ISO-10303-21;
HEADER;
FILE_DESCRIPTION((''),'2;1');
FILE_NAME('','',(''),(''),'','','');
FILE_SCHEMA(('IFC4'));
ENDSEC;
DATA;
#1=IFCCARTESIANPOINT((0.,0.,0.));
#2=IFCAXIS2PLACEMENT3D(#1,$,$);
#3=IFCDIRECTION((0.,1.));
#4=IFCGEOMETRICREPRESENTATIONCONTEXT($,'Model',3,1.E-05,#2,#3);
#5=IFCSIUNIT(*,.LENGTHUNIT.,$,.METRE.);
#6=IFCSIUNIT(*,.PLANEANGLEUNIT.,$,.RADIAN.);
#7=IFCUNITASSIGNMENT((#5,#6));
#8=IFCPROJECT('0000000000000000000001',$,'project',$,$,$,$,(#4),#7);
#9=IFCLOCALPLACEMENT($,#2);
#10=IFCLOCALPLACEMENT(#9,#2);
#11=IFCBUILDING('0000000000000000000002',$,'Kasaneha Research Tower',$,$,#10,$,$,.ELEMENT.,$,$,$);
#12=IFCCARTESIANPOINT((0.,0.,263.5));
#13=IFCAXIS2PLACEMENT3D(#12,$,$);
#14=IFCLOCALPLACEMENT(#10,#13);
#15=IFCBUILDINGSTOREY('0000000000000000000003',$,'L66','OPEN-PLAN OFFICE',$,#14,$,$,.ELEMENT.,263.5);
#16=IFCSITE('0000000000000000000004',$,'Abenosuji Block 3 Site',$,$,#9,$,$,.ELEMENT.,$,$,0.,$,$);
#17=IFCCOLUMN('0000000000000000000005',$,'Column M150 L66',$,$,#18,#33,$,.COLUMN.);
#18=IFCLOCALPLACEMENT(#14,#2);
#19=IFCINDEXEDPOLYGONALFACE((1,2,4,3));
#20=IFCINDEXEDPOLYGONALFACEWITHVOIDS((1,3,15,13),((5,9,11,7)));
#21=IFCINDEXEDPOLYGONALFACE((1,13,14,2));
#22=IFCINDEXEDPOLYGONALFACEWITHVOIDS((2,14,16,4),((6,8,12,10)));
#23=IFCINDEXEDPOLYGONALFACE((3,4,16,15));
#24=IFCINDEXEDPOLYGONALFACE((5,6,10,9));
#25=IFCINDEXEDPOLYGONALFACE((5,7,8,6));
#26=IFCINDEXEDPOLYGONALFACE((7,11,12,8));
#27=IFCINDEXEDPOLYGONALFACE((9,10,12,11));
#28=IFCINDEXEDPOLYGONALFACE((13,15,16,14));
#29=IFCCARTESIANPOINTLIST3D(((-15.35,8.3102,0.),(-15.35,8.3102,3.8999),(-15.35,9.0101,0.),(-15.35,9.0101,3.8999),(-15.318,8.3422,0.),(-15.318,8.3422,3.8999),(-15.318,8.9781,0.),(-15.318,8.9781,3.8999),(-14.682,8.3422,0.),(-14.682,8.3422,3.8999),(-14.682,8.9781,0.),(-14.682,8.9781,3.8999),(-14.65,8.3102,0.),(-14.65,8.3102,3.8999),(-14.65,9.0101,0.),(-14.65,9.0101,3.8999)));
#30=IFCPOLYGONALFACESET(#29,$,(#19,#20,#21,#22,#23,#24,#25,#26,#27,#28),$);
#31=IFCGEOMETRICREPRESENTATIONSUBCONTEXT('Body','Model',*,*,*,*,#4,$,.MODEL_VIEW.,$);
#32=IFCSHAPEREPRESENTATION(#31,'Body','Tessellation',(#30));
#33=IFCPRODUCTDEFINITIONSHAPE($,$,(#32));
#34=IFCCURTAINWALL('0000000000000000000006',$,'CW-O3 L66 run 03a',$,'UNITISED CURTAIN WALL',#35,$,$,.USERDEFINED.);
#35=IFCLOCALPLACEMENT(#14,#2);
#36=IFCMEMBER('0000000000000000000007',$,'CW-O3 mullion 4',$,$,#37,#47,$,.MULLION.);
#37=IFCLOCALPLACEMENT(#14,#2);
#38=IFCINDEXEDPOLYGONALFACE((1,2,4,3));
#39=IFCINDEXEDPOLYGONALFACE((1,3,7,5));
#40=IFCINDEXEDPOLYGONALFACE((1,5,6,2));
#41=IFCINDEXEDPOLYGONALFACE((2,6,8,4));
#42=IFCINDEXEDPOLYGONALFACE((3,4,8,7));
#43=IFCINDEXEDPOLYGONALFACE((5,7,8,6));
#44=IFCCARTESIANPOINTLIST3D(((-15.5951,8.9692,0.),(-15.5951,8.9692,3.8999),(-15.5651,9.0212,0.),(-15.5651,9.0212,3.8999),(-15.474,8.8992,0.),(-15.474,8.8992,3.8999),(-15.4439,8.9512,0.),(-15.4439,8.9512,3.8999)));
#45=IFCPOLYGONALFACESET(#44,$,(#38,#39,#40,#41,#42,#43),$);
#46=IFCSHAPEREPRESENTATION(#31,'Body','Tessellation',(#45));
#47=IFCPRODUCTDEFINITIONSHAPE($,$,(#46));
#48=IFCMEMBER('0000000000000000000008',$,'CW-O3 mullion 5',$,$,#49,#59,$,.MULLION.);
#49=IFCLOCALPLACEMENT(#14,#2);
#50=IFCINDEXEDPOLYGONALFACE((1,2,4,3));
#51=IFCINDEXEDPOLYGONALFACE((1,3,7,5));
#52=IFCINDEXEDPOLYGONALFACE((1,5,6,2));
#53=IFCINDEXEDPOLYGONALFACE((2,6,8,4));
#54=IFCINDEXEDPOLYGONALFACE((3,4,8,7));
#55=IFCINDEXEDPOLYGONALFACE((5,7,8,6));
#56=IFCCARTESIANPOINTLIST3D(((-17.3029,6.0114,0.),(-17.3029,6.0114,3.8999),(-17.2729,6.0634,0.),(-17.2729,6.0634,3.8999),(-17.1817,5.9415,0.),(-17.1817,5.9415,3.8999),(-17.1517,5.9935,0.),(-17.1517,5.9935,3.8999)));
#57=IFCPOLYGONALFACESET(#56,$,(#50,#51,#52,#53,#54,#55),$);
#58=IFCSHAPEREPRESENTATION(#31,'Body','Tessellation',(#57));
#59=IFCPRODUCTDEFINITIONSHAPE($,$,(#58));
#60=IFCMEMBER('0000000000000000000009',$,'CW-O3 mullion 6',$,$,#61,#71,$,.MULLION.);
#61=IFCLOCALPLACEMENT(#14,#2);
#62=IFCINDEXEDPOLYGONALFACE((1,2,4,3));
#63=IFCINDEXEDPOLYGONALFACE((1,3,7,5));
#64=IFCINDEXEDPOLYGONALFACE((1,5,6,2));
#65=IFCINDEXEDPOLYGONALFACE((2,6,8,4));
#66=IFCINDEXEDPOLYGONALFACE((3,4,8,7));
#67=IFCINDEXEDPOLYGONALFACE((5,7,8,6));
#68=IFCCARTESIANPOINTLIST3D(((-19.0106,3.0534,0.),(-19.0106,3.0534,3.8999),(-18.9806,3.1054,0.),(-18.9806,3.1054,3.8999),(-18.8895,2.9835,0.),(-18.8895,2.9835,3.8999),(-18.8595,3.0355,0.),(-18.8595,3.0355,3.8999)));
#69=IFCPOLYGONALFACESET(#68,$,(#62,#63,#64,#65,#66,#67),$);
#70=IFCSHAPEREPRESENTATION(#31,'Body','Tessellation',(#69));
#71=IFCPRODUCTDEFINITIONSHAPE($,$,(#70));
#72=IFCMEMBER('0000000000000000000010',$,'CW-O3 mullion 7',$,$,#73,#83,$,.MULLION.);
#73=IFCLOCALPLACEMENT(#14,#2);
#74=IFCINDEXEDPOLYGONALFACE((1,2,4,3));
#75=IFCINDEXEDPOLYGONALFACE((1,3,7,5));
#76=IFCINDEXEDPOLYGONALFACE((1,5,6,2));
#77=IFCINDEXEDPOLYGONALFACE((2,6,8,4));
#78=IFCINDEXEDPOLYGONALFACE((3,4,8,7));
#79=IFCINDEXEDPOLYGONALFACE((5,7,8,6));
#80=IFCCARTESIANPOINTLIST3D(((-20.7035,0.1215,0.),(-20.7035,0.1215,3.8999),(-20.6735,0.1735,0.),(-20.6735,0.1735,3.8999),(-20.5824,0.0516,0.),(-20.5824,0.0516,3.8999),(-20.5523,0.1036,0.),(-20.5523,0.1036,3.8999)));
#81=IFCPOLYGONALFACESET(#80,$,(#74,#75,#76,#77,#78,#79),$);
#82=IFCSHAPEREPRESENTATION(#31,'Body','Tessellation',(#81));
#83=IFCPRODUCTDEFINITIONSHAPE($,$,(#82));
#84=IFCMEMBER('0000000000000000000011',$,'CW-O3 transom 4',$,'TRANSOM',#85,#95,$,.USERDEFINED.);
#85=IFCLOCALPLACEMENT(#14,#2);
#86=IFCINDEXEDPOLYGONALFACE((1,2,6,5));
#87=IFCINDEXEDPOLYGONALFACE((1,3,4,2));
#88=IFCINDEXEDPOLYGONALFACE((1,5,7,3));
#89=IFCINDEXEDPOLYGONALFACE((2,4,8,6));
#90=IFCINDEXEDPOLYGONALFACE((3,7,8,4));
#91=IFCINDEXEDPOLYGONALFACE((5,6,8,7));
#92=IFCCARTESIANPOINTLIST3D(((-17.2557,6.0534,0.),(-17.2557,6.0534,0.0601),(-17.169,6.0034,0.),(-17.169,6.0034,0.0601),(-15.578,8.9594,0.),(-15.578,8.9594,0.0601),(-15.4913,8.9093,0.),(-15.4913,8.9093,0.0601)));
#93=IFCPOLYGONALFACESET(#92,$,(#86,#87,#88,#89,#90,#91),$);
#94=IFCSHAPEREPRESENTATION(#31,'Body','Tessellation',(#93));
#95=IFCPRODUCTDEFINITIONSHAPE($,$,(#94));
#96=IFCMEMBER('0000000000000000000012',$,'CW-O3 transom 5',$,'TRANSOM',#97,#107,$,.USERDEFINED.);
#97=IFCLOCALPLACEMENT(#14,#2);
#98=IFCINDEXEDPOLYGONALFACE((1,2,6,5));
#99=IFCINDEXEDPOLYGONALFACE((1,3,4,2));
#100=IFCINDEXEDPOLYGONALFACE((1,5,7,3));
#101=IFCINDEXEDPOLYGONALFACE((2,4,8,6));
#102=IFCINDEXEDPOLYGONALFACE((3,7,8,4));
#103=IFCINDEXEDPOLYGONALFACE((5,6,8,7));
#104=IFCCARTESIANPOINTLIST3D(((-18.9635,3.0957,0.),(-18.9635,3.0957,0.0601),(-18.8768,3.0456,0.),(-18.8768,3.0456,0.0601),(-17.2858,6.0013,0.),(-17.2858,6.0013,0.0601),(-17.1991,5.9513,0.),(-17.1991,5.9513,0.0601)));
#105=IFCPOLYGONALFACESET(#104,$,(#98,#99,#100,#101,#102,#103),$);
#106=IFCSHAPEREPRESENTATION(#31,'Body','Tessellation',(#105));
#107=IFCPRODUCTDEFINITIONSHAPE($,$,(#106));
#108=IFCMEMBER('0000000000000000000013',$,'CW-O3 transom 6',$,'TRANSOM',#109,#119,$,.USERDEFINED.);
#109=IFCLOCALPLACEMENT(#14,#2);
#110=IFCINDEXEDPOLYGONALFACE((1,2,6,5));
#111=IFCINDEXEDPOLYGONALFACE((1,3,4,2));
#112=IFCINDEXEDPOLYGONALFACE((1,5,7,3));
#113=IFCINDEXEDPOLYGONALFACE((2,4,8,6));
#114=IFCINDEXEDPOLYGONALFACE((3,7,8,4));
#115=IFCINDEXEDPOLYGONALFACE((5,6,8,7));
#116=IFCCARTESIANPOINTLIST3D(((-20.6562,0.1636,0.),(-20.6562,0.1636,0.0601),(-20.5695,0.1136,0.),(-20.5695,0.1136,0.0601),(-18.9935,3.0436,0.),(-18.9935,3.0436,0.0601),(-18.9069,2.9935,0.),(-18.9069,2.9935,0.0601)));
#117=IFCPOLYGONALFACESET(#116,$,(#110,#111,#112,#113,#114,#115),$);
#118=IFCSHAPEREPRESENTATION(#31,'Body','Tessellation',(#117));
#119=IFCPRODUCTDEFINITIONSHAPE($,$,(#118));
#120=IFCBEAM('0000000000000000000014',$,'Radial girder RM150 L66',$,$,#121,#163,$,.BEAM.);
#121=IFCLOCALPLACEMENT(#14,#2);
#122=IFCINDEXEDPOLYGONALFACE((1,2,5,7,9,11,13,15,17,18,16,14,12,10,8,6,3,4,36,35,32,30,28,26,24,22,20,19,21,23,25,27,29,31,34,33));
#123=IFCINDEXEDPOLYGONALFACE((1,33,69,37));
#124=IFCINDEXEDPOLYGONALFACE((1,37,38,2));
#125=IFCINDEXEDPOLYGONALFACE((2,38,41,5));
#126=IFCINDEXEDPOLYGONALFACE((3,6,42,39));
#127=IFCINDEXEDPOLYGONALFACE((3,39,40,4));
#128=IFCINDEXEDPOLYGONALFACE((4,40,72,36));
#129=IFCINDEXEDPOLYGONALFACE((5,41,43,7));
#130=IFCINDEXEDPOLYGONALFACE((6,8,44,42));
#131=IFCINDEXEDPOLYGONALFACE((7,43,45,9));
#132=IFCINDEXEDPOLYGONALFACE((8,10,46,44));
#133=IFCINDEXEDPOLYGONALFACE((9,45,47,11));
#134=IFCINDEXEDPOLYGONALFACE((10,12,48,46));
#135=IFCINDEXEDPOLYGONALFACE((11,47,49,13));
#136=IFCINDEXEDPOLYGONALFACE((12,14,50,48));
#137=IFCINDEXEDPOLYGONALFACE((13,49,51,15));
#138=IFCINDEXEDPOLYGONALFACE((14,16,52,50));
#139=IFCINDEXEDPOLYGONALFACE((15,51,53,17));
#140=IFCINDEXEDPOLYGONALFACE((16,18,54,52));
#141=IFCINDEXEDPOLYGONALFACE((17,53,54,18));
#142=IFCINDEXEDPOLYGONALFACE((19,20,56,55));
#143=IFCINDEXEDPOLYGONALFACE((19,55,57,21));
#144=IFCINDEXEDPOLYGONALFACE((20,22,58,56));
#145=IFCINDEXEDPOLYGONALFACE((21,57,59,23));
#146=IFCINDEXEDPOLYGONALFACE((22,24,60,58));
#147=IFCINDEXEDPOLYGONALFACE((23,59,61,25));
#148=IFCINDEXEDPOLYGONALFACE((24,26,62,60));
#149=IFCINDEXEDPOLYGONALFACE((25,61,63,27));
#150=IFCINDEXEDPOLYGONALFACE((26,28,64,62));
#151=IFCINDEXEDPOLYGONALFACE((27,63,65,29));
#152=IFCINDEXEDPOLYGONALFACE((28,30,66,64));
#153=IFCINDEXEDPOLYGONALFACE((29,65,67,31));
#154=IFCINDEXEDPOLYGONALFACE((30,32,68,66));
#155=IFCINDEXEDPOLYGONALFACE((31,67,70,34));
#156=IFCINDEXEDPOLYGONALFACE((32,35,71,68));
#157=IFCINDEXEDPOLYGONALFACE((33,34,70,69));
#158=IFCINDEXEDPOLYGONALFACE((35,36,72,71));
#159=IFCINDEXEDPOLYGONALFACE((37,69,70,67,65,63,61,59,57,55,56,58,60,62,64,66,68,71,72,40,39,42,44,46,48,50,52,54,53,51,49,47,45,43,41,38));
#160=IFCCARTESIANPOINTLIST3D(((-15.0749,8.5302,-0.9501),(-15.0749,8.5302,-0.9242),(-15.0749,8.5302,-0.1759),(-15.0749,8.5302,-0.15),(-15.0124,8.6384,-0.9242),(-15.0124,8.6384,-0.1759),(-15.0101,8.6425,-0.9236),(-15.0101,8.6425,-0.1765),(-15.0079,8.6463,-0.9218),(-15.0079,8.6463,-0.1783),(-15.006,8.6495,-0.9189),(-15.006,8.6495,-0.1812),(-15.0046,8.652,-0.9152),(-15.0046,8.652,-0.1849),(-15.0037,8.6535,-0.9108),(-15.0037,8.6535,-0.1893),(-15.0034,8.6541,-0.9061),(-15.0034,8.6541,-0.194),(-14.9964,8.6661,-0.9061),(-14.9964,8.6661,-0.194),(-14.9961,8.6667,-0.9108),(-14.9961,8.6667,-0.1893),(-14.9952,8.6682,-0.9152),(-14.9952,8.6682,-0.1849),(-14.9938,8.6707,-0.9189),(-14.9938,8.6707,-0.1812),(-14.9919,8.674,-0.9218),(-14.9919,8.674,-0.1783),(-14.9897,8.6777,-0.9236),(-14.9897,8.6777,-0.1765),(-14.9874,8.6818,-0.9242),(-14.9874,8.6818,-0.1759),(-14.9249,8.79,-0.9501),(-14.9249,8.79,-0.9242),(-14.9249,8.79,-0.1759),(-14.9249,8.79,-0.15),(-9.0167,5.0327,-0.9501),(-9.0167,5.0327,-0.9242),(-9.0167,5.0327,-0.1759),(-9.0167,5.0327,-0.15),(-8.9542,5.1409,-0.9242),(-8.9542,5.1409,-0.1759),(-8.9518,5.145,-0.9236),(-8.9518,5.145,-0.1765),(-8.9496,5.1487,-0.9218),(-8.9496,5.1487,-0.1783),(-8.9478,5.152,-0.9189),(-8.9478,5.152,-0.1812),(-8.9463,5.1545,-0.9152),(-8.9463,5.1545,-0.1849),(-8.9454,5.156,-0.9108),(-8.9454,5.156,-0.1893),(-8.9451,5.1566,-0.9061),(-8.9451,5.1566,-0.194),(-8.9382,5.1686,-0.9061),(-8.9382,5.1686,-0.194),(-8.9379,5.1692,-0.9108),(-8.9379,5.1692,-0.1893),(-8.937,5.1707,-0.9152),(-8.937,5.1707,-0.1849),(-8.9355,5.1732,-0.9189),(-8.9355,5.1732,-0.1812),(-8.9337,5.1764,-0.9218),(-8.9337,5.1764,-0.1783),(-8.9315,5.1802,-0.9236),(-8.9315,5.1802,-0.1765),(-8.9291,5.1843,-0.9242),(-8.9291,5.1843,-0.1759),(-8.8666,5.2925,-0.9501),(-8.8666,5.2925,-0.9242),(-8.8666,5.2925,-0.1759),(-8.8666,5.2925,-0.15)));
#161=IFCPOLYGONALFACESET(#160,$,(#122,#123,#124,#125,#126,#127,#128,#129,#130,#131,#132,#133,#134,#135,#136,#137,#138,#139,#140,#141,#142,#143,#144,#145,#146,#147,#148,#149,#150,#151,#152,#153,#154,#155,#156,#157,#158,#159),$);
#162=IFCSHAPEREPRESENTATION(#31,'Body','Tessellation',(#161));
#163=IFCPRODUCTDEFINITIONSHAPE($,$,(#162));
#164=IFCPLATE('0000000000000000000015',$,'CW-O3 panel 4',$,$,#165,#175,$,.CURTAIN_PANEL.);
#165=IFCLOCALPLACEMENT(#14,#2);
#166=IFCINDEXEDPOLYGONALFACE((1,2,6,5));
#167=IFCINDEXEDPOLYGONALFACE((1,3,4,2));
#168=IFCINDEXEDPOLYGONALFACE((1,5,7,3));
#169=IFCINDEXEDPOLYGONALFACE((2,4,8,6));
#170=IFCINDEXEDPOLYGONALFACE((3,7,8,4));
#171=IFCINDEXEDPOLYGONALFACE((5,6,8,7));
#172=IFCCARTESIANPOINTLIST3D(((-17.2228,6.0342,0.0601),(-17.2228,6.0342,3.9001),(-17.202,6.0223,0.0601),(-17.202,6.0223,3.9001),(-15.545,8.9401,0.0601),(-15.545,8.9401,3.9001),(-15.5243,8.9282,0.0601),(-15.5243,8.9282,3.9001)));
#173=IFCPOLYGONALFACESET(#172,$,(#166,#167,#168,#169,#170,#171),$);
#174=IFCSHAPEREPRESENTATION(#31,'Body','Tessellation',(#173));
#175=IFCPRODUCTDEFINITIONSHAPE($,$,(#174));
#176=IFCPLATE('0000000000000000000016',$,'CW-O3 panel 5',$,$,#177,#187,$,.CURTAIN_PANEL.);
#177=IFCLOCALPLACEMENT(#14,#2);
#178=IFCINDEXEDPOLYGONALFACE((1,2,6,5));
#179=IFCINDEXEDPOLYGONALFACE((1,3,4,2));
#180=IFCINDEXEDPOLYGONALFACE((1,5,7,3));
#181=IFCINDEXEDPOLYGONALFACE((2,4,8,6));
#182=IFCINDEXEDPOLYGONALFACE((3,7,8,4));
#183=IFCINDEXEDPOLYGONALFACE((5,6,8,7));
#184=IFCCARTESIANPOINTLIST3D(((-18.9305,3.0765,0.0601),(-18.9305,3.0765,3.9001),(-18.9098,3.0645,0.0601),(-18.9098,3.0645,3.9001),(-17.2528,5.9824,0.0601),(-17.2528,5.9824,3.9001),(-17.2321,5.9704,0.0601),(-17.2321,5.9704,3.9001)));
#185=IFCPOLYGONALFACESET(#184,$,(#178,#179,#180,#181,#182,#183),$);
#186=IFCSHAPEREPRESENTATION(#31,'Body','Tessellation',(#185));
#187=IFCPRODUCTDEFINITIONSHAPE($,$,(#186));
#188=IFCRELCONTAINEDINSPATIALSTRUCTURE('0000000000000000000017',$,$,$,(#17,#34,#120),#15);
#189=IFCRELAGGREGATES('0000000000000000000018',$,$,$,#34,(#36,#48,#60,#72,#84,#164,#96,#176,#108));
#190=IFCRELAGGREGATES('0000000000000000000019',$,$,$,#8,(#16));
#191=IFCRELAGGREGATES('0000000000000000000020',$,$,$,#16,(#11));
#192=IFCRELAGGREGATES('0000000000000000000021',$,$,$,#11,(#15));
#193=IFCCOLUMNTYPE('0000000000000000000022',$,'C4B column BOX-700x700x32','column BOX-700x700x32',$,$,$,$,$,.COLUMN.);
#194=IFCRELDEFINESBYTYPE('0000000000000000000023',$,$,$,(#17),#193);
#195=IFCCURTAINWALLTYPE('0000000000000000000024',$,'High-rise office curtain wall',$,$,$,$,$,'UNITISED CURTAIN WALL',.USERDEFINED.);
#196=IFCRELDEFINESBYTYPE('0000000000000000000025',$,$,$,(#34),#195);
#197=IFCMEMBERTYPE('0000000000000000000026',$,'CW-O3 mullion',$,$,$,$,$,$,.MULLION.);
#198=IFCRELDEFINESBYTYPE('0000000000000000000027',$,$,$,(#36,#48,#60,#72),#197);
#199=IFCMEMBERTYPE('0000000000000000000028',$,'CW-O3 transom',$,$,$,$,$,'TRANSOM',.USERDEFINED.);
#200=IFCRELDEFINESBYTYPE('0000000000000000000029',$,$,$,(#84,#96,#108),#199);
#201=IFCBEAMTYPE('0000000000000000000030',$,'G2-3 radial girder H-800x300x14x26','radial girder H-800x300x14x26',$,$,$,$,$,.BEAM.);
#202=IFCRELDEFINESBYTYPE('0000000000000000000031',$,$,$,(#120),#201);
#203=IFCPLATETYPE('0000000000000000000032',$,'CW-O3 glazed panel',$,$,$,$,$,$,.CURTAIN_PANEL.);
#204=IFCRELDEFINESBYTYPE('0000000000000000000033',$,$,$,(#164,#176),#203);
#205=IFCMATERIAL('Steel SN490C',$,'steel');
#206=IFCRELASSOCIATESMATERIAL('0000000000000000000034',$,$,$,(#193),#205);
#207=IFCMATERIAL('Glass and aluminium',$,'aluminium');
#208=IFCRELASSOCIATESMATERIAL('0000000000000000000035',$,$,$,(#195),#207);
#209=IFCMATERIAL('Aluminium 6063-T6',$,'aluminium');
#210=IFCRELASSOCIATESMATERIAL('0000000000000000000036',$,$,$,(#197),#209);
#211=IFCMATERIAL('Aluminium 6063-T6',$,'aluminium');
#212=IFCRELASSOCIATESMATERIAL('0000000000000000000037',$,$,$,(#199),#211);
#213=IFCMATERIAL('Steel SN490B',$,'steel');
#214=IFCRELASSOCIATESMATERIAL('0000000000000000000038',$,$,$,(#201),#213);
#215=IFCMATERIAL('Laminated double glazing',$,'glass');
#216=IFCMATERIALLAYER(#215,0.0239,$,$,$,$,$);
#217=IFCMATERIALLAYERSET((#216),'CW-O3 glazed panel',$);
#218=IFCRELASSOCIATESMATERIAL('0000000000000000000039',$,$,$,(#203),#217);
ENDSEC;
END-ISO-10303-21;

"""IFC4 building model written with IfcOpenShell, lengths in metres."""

from ifc_helpers import new_model, si_unit, direction, frame, origin, origin_2d, place, context, subcontext, project, spatial, rectangle, hollow_rectangle, i_section, extrude, material, layer, layer_set, material_profile, profile_set, type_object, element, aggregate, save


model = new_model("IFC4")

# Units and contexts
model_context = context("Model", 3, precision=1e-05, world=origin(), true_north=direction((0.0, 1.0)))
body_context = subcontext(model_context, "Body", "Model", "MODEL_VIEW")
ifc_project = project(units=[si_unit("LENGTHUNIT", "METRE"), si_unit("PLANEANGLEUNIT", "RADIAN")], contexts=[model_context])

# Site, building, storey
site_placement = place(None, origin())
site = spatial("IfcSite", under=ifc_project, at=site_placement, Name="Abenosuji Block 3 Site", CompositionType="ELEMENT", RefElevation=0.0)
building_placement = place(site_placement, origin())
building = spatial("IfcBuilding", under=site, at=building_placement, Name="Kasaneha Research Tower", CompositionType="ELEMENT")
storey_placement = place(building_placement, frame((0.0, 0.0, 263.5)))
storey = spatial("IfcBuildingStorey", under=building, at=storey_placement, Name="L66", Description="OPEN-PLAN OFFICE", CompositionType="ELEMENT", Elevation=263.5)

# Column
ifc_material_1 = material(Name="Steel SN490C", Category="steel")
ifc_material_profile_1 = material_profile(ifc_material_1, hollow_rectangle(XDim=0.7, YDim=0.7, WallThickness=0.032, at=origin_2d()), Name="BOX-700x700x32")
ifc_profile_set_1 = profile_set([ifc_material_profile_1], Name="Steel SN490C")
column_type = type_object("IfcColumnType", Name="C4B column BOX-700x700x32", Description="column BOX-700x700x32", PredefinedType="COLUMN", material=ifc_profile_set_1)
column_placement = place(storey_placement, frame((-15.0, 8.6602, 0.0), z_axis=(0.0, 0.0, 1.0), x_axis=(1.0, 0.0, 0.0)))
element("IfcColumn", 1, at=column_placement, inside=storey, type_object=column_type, Name="Column M150 L66", PredefinedType="COLUMN", context=body_context, shape_type="SweptSolid", body=[
    extrude(hollow_rectangle(XDim=0.7, YDim=0.7, WallThickness=0.032, at=origin_2d()), origin(), (0.0, 0.0, 1.0), 3.8999),
])

# Curtain wall, members
ifc_material_2 = material(Name="Glass and aluminium", Category="aluminium")
curtain_wall_type = type_object("IfcCurtainWallType", Name="High-rise office curtain wall", ElementType="UNITISED CURTAIN WALL", PredefinedType="USERDEFINED", material=ifc_material_2)
curtain_wall_placement = place(storey_placement, origin())
curtain_wall = element("IfcCurtainWall", 2, at=curtain_wall_placement, inside=storey, type_object=curtain_wall_type, Name="CW-O3 L66 run 03a", ObjectType="UNITISED CURTAIN WALL", PredefinedType="USERDEFINED")
ifc_material_3 = material(Name="Aluminium 6063-T6", Category="aluminium")
ifc_material_profile_2 = material_profile(ifc_material_3, rectangle(XDim=0.0601, YDim=0.1399, at=origin_2d()), Name="CW-O3 mullion 60x140")
ifc_profile_set_2 = profile_set([ifc_material_profile_2], Name="Aluminium 6063-T6")
member_type_1 = type_object("IfcMemberType", Name="CW-O3 mullion", PredefinedType="MULLION", material=ifc_profile_set_2)
member_1_placement = place(storey_placement, frame((-15.5195, 8.9602, 0.0), z_axis=(0.0, 0.0, 1.0), x_axis=(-0.5, -0.866025, 0.0)))
member_1 = element("IfcMember", 3, at=member_1_placement, type_object=member_type_1, Name="CW-O3 mullion 4", PredefinedType="MULLION", context=body_context, shape_type="SweptSolid", body=[
    extrude(rectangle(XDim=0.0601, YDim=0.1399, at=origin_2d()), origin(), (0.0, 0.0, 1.0), 3.8999),
])
member_2_placement = place(storey_placement, frame((-17.2273, 6.0024, 0.0), z_axis=(0.0, 0.0, 1.0), x_axis=(-0.5, -0.866025, 0.0)))
member_2 = element("IfcMember", 4, at=member_2_placement, type_object=member_type_1, Name="CW-O3 mullion 5", PredefinedType="MULLION", context=body_context, shape_type="SweptSolid", body=[
    extrude(rectangle(XDim=0.0601, YDim=0.1399, at=origin_2d()), origin(), (0.0, 0.0, 1.0), 3.8999),
])
member_3_placement = place(storey_placement, frame((-18.9351, 3.0444, 0.0), z_axis=(0.0, 0.0, 1.0), x_axis=(-0.5, -0.866025, 0.0)))
member_3 = element("IfcMember", 5, at=member_3_placement, type_object=member_type_1, Name="CW-O3 mullion 6", PredefinedType="MULLION", context=body_context, shape_type="SweptSolid", body=[
    extrude(rectangle(XDim=0.0601, YDim=0.1399, at=origin_2d()), origin(), (0.0, 0.0, 1.0), 3.8999),
])
member_4_placement = place(storey_placement, frame((-20.6279, 0.1125, 0.0), z_axis=(0.0, 0.0, 1.0), x_axis=(-0.5, -0.866025, 0.0)))
member_4 = element("IfcMember", 6, at=member_4_placement, type_object=member_type_1, Name="CW-O3 mullion 7", PredefinedType="MULLION", context=body_context, shape_type="SweptSolid", body=[
    extrude(rectangle(XDim=0.0601, YDim=0.1399, at=origin_2d()), origin(), (0.0, 0.0, 1.0), 3.8999),
])
ifc_material_4 = material(Name="Aluminium 6063-T6", Category="aluminium")
ifc_material_profile_3 = material_profile(ifc_material_4, rectangle(XDim=0.1001, YDim=0.0601, at=origin_2d()), Name="CW-O3 transom 100x60")
ifc_profile_set_3 = profile_set([ifc_material_profile_3], Name="Aluminium 6063-T6")
member_type_2 = type_object("IfcMemberType", Name="CW-O3 transom", ElementType="TRANSOM", PredefinedType="USERDEFINED", material=ifc_profile_set_3)
member_5_placement = place(storey_placement, frame((-15.5347, 8.9343, 0.03), z_axis=(-0.499989, -0.866032, 0.0), x_axis=(0.866032, -0.499989, 0.0)))
member_5 = element("IfcMember", 7, at=member_5_placement, type_object=member_type_2, Name="CW-O3 transom 4", ObjectType="TRANSOM", PredefinedType="USERDEFINED", context=body_context, shape_type="SweptSolid", body=[
    extrude(rectangle(XDim=0.1001, YDim=0.0601, at=origin_2d()), origin(), (0.0, 0.0, 1.0), 3.3555),
])
member_6_placement = place(storey_placement, frame((-17.2424, 5.9763, 0.03), z_axis=(-0.500021, -0.866014, 0.0), x_axis=(0.866014, -0.500021, 0.0)))
member_6 = element("IfcMember", 8, at=member_6_placement, type_object=member_type_2, Name="CW-O3 transom 5", ObjectType="TRANSOM", PredefinedType="USERDEFINED", context=body_context, shape_type="SweptSolid", body=[
    extrude(rectangle(XDim=0.1001, YDim=0.0601, at=origin_2d()), origin(), (0.0, 0.0, 1.0), 3.3552),
])
member_7_placement = place(storey_placement, frame((-18.9502, 3.0186, 0.03), z_axis=(-0.499977, -0.866039, 0.0), x_axis=(0.866039, -0.499977, 0.0)))
member_7 = element("IfcMember", 9, at=member_7_placement, type_object=member_type_2, Name="CW-O3 transom 6", ObjectType="TRANSOM", PredefinedType="USERDEFINED", context=body_context, shape_type="SweptSolid", body=[
    extrude(rectangle(XDim=0.1001, YDim=0.0601, at=origin_2d()), origin(), (0.0, 0.0, 1.0), 3.3254),
])

# Beam
ifc_material_5 = material(Name="Steel SN490B", Category="steel")
ifc_material_profile_4 = material_profile(ifc_material_5, i_section(OverallWidth=0.3, OverallDepth=0.8, WebThickness=0.0139, FlangeThickness=0.0259, FilletRadius=0.0181, at=origin_2d()), Name="H-800x300x14x26")
ifc_profile_set_4 = profile_set([ifc_material_profile_4], Name="Steel SN490B")
beam_type = type_object("IfcBeamType", Name="G2-3 radial girder H-800x300x14x26", Description="radial girder H-800x300x14x26", PredefinedType="BEAM", material=ifc_profile_set_4)
beam_placement = place(storey_placement, frame((-8.9417, 5.1626, -0.55), z_axis=(-0.86604, 0.499975, 0.0), x_axis=(-0.499975, -0.86604, 0.0)))
element("IfcBeam", 10, at=beam_placement, inside=storey, type_object=beam_type, Name="Radial girder RM150 L66", PredefinedType="BEAM", context=body_context, shape_type="SweptSolid", body=[
    extrude(i_section(OverallWidth=0.3, OverallDepth=0.8, WebThickness=0.0139, FlangeThickness=0.0259, FilletRadius=0.0181, at=origin_2d()), origin(), (0.0, 0.0, 1.0), 6.9954),
])

# Plates
ifc_material_6 = material(Name="Laminated double glazing", Category="glass")
ifc_layer_1 = layer(ifc_material_6, 0.0239)
ifc_layer_set_1 = layer_set([ifc_layer_1], Name="CW-O3 glazed panel")
plate_type = type_object("IfcPlateType", Name="CW-O3 glazed panel", PredefinedType="CURTAIN_PANEL", material=ifc_layer_set_1)
plate_1_placement = place(storey_placement, frame((-16.3735, 7.4812, 0.0601), z_axis=(0.0, 0.0, 1.0), x_axis=(-0.5, -0.866025, 0.0)))
plate_1 = element("IfcPlate", 11, at=plate_1_placement, type_object=plate_type, Name="CW-O3 panel 4", PredefinedType="CURTAIN_PANEL", context=body_context, shape_type="SweptSolid", body=[
    extrude(rectangle(XDim=3.3555, YDim=0.0239, at=origin_2d()), origin(), (0.0, 0.0, 1.0), 3.8401),
])
plate_2_placement = place(storey_placement, frame((-18.0813, 4.5234, 0.0601), z_axis=(0.0, 0.0, 1.0), x_axis=(-0.5, -0.866025, 0.0)))
plate_2 = element("IfcPlate", 12, at=plate_2_placement, type_object=plate_type, Name="CW-O3 panel 5", PredefinedType="CURTAIN_PANEL", context=body_context, shape_type="SweptSolid", body=[
    extrude(rectangle(XDim=3.3555, YDim=0.0239, at=origin_2d()), origin(), (0.0, 0.0, 1.0), 3.8401),
])
aggregate(curtain_wall, [member_1, member_2, member_3, member_4, member_5, plate_1, member_6, plate_2, member_7])

save(model, "model.ifc")
